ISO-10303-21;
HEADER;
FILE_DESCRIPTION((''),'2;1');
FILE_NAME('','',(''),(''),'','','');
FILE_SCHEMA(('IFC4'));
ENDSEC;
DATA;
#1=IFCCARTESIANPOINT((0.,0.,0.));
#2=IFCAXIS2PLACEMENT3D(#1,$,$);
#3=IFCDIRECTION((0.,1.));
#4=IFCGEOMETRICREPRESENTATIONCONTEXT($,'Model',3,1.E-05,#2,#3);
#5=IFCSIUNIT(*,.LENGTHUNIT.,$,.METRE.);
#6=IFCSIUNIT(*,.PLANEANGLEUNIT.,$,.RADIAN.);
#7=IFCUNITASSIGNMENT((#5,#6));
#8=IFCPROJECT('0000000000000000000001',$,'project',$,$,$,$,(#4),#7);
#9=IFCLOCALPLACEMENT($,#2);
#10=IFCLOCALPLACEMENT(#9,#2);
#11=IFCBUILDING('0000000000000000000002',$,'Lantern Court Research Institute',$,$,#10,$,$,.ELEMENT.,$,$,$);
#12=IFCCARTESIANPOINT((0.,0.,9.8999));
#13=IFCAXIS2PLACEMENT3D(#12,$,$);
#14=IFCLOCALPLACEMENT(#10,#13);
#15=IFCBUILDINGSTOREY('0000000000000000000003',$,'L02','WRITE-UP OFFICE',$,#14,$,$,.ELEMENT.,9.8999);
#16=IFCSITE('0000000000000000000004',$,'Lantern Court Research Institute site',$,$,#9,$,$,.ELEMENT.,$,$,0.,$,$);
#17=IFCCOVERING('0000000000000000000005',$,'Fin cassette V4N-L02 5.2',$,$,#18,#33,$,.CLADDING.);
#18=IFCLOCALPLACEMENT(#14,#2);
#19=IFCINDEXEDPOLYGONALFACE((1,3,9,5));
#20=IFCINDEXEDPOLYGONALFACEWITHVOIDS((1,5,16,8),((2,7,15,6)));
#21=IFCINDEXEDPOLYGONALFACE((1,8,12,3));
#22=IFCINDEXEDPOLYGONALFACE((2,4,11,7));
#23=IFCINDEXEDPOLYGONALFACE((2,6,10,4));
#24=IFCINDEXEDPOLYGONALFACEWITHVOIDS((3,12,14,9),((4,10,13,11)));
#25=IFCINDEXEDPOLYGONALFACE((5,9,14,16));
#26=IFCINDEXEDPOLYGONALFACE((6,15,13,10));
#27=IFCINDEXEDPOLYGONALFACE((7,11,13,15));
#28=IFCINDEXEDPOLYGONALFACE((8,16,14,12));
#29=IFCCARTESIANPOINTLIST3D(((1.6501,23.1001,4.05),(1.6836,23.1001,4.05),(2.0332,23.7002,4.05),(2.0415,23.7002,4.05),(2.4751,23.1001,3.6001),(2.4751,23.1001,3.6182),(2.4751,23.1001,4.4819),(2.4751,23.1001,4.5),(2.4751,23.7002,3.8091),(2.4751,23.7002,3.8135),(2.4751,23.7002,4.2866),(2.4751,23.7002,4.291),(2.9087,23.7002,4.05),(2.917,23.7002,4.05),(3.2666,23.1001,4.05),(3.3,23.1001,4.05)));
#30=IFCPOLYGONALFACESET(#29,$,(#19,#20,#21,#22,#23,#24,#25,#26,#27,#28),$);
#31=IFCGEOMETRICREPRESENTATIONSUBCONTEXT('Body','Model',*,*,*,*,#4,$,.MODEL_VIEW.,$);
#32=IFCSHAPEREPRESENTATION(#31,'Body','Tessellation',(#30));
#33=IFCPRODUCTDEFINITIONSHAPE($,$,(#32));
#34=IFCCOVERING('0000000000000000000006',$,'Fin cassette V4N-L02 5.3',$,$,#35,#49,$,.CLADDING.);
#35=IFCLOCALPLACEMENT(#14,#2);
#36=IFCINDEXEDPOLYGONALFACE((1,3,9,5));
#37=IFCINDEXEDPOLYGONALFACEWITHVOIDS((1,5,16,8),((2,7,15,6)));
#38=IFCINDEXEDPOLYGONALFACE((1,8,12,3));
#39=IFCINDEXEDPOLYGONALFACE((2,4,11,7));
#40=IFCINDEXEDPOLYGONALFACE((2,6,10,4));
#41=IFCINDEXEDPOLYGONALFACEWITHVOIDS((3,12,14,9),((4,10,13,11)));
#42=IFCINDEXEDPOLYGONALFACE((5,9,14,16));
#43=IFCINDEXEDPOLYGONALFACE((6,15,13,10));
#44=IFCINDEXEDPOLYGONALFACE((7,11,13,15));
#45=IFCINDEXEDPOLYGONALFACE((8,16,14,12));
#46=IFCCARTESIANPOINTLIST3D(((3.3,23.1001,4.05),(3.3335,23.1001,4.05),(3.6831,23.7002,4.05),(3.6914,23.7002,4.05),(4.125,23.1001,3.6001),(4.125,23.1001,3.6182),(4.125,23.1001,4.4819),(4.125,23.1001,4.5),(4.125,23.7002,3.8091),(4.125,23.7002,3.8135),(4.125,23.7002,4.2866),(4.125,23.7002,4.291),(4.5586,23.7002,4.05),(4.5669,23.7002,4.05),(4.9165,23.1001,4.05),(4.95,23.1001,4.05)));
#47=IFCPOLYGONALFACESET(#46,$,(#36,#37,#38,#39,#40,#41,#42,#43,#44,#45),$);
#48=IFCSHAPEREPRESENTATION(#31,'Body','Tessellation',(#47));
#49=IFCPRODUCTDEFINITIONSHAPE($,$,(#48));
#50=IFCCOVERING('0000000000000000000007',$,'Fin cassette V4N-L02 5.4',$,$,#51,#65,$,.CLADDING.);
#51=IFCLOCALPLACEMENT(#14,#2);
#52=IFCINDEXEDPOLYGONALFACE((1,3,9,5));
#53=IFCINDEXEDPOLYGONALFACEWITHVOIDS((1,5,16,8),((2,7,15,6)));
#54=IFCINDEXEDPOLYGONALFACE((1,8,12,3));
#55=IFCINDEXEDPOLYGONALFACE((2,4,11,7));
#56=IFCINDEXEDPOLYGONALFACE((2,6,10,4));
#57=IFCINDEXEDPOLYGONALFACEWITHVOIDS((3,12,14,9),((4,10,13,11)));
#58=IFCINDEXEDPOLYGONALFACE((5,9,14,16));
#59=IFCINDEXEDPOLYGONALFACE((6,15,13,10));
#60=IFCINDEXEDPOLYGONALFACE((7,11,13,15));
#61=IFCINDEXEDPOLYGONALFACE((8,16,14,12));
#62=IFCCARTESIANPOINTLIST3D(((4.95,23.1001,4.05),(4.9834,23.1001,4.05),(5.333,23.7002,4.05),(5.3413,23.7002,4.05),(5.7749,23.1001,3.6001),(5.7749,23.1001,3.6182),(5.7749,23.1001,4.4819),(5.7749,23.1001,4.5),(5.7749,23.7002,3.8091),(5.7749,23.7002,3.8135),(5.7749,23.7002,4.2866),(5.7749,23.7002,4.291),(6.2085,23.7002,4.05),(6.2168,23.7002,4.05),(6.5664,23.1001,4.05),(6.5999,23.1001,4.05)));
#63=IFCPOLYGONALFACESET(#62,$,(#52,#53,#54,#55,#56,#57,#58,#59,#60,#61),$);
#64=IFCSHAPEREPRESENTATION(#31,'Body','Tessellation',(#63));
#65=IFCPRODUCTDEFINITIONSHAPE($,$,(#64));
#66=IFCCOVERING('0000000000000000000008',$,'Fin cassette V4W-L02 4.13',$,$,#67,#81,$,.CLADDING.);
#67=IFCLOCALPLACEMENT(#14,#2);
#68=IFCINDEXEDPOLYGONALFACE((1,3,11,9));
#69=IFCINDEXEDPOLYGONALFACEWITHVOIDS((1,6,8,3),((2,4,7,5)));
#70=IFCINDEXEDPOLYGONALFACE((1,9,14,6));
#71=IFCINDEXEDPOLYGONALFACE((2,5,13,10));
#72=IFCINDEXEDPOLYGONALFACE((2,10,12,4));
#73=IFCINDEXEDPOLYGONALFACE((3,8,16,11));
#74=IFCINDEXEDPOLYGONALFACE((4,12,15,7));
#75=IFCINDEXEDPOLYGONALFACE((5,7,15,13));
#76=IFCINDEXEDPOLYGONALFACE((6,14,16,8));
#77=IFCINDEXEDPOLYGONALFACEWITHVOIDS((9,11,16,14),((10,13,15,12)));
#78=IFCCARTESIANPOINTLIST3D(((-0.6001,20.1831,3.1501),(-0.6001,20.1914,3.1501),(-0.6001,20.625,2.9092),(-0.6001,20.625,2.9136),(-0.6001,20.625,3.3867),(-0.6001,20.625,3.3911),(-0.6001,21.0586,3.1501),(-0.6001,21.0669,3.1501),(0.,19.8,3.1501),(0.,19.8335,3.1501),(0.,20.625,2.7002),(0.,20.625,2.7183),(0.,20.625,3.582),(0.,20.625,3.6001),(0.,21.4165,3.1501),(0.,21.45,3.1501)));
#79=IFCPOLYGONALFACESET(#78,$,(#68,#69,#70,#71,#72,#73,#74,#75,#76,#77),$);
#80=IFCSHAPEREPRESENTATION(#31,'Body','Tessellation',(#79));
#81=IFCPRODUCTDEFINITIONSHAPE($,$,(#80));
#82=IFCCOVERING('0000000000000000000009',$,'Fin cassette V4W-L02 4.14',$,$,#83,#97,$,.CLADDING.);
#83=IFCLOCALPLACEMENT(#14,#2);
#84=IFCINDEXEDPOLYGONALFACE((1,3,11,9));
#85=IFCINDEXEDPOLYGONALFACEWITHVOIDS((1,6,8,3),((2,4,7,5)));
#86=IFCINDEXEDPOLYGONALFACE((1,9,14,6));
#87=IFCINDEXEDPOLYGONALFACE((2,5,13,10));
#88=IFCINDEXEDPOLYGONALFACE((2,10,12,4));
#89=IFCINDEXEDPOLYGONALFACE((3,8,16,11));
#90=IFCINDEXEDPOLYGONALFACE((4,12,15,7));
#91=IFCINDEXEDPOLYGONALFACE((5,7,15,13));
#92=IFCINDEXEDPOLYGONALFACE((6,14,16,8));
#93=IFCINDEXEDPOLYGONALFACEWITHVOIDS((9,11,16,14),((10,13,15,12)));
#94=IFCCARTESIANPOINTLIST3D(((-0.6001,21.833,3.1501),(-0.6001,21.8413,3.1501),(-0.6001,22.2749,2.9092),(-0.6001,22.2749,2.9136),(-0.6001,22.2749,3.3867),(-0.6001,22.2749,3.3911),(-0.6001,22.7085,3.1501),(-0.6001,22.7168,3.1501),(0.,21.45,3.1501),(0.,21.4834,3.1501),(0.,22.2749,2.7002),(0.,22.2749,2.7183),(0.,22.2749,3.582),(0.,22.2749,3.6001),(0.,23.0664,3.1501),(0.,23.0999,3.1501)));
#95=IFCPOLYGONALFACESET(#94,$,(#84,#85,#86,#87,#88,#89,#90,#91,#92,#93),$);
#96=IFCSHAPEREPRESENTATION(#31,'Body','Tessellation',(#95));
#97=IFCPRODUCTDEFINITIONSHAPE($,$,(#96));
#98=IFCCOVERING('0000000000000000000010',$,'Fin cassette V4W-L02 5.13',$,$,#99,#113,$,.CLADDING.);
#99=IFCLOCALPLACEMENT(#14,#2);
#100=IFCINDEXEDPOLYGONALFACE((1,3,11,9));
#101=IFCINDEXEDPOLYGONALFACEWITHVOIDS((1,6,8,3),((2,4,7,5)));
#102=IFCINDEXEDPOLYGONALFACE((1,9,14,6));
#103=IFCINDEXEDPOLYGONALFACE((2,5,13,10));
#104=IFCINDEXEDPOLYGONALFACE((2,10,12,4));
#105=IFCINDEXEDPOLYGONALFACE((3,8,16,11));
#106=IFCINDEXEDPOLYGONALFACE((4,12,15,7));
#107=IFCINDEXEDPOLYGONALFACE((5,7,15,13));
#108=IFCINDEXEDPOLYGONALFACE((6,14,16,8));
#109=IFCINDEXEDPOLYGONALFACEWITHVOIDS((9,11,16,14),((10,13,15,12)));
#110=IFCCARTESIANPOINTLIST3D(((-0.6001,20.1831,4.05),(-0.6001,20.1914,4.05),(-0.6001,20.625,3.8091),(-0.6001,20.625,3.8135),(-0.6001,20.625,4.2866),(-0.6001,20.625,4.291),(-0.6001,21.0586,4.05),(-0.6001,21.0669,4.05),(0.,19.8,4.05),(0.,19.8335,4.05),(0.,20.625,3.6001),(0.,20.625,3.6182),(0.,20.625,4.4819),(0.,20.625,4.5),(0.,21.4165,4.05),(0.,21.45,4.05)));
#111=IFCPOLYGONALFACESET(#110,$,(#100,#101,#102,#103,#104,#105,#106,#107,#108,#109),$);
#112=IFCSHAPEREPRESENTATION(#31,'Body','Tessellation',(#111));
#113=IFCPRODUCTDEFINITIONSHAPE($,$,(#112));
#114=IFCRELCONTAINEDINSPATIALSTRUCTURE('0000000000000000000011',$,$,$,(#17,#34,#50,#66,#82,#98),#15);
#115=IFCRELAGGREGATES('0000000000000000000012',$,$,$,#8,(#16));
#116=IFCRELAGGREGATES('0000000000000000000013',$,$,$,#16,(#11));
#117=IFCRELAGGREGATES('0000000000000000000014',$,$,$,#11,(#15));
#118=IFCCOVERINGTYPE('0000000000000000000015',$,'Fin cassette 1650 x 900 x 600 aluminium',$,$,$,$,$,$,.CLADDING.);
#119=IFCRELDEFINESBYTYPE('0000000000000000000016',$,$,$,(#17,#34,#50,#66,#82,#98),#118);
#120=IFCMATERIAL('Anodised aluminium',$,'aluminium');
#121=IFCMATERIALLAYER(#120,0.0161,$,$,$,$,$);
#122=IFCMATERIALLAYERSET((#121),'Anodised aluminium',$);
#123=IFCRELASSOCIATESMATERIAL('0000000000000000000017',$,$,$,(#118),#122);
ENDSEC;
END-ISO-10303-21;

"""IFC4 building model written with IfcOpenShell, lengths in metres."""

from ifc_helpers import new_model, entity, si_unit, direction, frame, origin, place, context, subcontext, project, spatial, material, layer, layer_set, type_object, element, save


model = new_model("IFC4")

# Units and contexts
model_context = context("Model", 3, precision=1e-05, world=origin(), true_north=direction((0.0, 1.0)))
body_context = subcontext(model_context, "Body", "Model", "MODEL_VIEW")
ifc_project = project(units=[si_unit("LENGTHUNIT", "METRE"), si_unit("PLANEANGLEUNIT", "RADIAN")], contexts=[model_context])

# Site, building, storey
site_placement = place(None, origin())
site = spatial("IfcSite", under=ifc_project, at=site_placement, Name="Lantern Court Research Institute site", CompositionType="ELEMENT", RefElevation=0.0)
building_placement = place(site_placement, origin())
building = spatial("IfcBuilding", under=site, at=building_placement, Name="Lantern Court Research Institute", CompositionType="ELEMENT")
storey_placement = place(building_placement, frame((0.0, 0.0, 9.8999)))
storey = spatial("IfcBuildingStorey", under=building, at=storey_placement, Name="L02", Description="WRITE-UP OFFICE", CompositionType="ELEMENT", Elevation=9.8999)

# Coverings
ifc_material_1 = material(Name="Anodised aluminium", Category="aluminium")
ifc_layer_1 = layer(ifc_material_1, 0.0161)
ifc_layer_set_1 = layer_set([ifc_layer_1], Name="Anodised aluminium")
covering_type = type_object("IfcCoveringType", Name="Fin cassette 1650 x 900 x 600 aluminium", PredefinedType="CLADDING", material=ifc_layer_set_1)
covering_1_placement = place(storey_placement, frame((2.4751, 23.1001, 4.05), z_axis=(0.0, 1.0, 0.0), x_axis=(-1.0, 0.0, 0.0)))
cartesian_point_1 = entity("IfcCartesianPoint", [0.825, 0.0])
cartesian_point_2 = entity("IfcCartesianPoint", [0.7915, 0.0])
cartesian_point_3 = entity("IfcCartesianPoint", [0.4419, 0.0])
cartesian_point_4 = entity("IfcCartesianPoint", [0.4336, 0.0])
element("IfcCovering", 1, at=covering_1_placement, inside=storey, type_object=covering_type, Name="Fin cassette V4N-L02 5.2", PredefinedType="CLADDING", context=body_context, shape_type="SweptSolid", body=[
    entity("IfcExtrudedAreaSolidTapered", entity("IfcArbitraryProfileDefWithVoids", "AREA", None, entity("IfcPolyline", [cartesian_point_1, entity("IfcCartesianPoint", [0.0, 0.45]), entity("IfcCartesianPoint", [-0.825, 0.0]), entity("IfcCartesianPoint", [0.0, -0.45]), cartesian_point_1]), [entity("IfcPolyline", [cartesian_point_2, entity("IfcCartesianPoint", [0.0, 0.4319]), entity("IfcCartesianPoint", [-0.7915, 0.0]), entity("IfcCartesianPoint", [0.0, -0.4319]), cartesian_point_2])]), entity("IfcAxis2Placement3D", entity("IfcCartesianPoint", [0.0, 0.0, 0.0])), entity("IfcDirection", [0.0, 0.0, 1.0]), 0.6001, entity("IfcArbitraryProfileDefWithVoids", "AREA", None, entity("IfcPolyline", [cartesian_point_3, entity("IfcCartesianPoint", [0.0, 0.241]), entity("IfcCartesianPoint", [-0.4419, 0.0]), entity("IfcCartesianPoint", [0.0, -0.241]), cartesian_point_3]), [entity("IfcPolyline", [cartesian_point_4, entity("IfcCartesianPoint", [0.0, 0.2366]), entity("IfcCartesianPoint", [-0.4336, 0.0]), entity("IfcCartesianPoint", [0.0, -0.2366]), cartesian_point_4])])),
])
covering_2_placement = place(storey_placement, frame((4.125, 23.1001, 4.05), z_axis=(0.0, 1.0, 0.0), x_axis=(-1.0, 0.0, 0.0)))
cartesian_point_5 = entity("IfcCartesianPoint", [0.825, 0.0])
cartesian_point_6 = entity("IfcCartesianPoint", [0.7915, 0.0])
cartesian_point_7 = entity("IfcCartesianPoint", [0.4419, 0.0])
cartesian_point_8 = entity("IfcCartesianPoint", [0.4336, 0.0])
element("IfcCovering", 2, at=covering_2_placement, inside=storey, type_object=covering_type, Name="Fin cassette V4N-L02 5.3", PredefinedType="CLADDING", context=body_context, shape_type="SweptSolid", body=[
    entity("IfcExtrudedAreaSolidTapered", entity("IfcArbitraryProfileDefWithVoids", "AREA", None, entity("IfcPolyline", [cartesian_point_5, entity("IfcCartesianPoint", [0.0, 0.45]), entity("IfcCartesianPoint", [-0.825, 0.0]), entity("IfcCartesianPoint", [0.0, -0.45]), cartesian_point_5]), [entity("IfcPolyline", [cartesian_point_6, entity("IfcCartesianPoint", [0.0, 0.4319]), entity("IfcCartesianPoint", [-0.7915, 0.0]), entity("IfcCartesianPoint", [0.0, -0.4319]), cartesian_point_6])]), entity("IfcAxis2Placement3D", entity("IfcCartesianPoint", [0.0, 0.0, 0.0])), entity("IfcDirection", [0.0, 0.0, 1.0]), 0.6001, entity("IfcArbitraryProfileDefWithVoids", "AREA", None, entity("IfcPolyline", [cartesian_point_7, entity("IfcCartesianPoint", [0.0, 0.241]), entity("IfcCartesianPoint", [-0.4419, 0.0]), entity("IfcCartesianPoint", [0.0, -0.241]), cartesian_point_7]), [entity("IfcPolyline", [cartesian_point_8, entity("IfcCartesianPoint", [0.0, 0.2366]), entity("IfcCartesianPoint", [-0.4336, 0.0]), entity("IfcCartesianPoint", [0.0, -0.2366]), cartesian_point_8])])),
])
covering_3_placement = place(storey_placement, frame((5.7749, 23.1001, 4.05), z_axis=(0.0, 1.0, 0.0), x_axis=(-1.0, 0.0, 0.0)))
cartesian_point_9 = entity("IfcCartesianPoint", [0.825, 0.0])
cartesian_point_10 = entity("IfcCartesianPoint", [0.7915, 0.0])
cartesian_point_11 = entity("IfcCartesianPoint", [0.4419, 0.0])
cartesian_point_12 = entity("IfcCartesianPoint", [0.4336, 0.0])
element("IfcCovering", 3, at=covering_3_placement, inside=storey, type_object=covering_type, Name="Fin cassette V4N-L02 5.4", PredefinedType="CLADDING", context=body_context, shape_type="SweptSolid", body=[
    entity("IfcExtrudedAreaSolidTapered", entity("IfcArbitraryProfileDefWithVoids", "AREA", None, entity("IfcPolyline", [cartesian_point_9, entity("IfcCartesianPoint", [0.0, 0.45]), entity("IfcCartesianPoint", [-0.825, 0.0]), entity("IfcCartesianPoint", [0.0, -0.45]), cartesian_point_9]), [entity("IfcPolyline", [cartesian_point_10, entity("IfcCartesianPoint", [0.0, 0.4319]), entity("IfcCartesianPoint", [-0.7915, 0.0]), entity("IfcCartesianPoint", [0.0, -0.4319]), cartesian_point_10])]), entity("IfcAxis2Placement3D", entity("IfcCartesianPoint", [0.0, 0.0, 0.0])), entity("IfcDirection", [0.0, 0.0, 1.0]), 0.6001, entity("IfcArbitraryProfileDefWithVoids", "AREA", None, entity("IfcPolyline", [cartesian_point_11, entity("IfcCartesianPoint", [0.0, 0.241]), entity("IfcCartesianPoint", [-0.4419, 0.0]), entity("IfcCartesianPoint", [0.0, -0.241]), cartesian_point_11]), [entity("IfcPolyline", [cartesian_point_12, entity("IfcCartesianPoint", [0.0, 0.2366]), entity("IfcCartesianPoint", [-0.4336, 0.0]), entity("IfcCartesianPoint", [0.0, -0.2366]), cartesian_point_12])])),
])
covering_4_placement = place(storey_placement, frame((0.0, 20.625, 3.1501), z_axis=(-1.0, 0.0, 0.0), x_axis=(0.0, -1.0, 0.0)))
cartesian_point_13 = entity("IfcCartesianPoint", [0.825, 0.0])
cartesian_point_14 = entity("IfcCartesianPoint", [0.7915, 0.0])
cartesian_point_15 = entity("IfcCartesianPoint", [0.4419, 0.0])
cartesian_point_16 = entity("IfcCartesianPoint", [0.4336, 0.0])
element("IfcCovering", 4, at=covering_4_placement, inside=storey, type_object=covering_type, Name="Fin cassette V4W-L02 4.13", PredefinedType="CLADDING", context=body_context, shape_type="SweptSolid", body=[
    entity("IfcExtrudedAreaSolidTapered", entity("IfcArbitraryProfileDefWithVoids", "AREA", None, entity("IfcPolyline", [cartesian_point_13, entity("IfcCartesianPoint", [0.0, 0.45]), entity("IfcCartesianPoint", [-0.825, 0.0]), entity("IfcCartesianPoint", [0.0, -0.45]), cartesian_point_13]), [entity("IfcPolyline", [cartesian_point_14, entity("IfcCartesianPoint", [0.0, 0.4319]), entity("IfcCartesianPoint", [-0.7915, 0.0]), entity("IfcCartesianPoint", [0.0, -0.4319]), cartesian_point_14])]), entity("IfcAxis2Placement3D", entity("IfcCartesianPoint", [0.0, 0.0, 0.0])), entity("IfcDirection", [0.0, 0.0, 1.0]), 0.6001, entity("IfcArbitraryProfileDefWithVoids", "AREA", None, entity("IfcPolyline", [cartesian_point_15, entity("IfcCartesianPoint", [0.0, 0.241]), entity("IfcCartesianPoint", [-0.4419, 0.0]), entity("IfcCartesianPoint", [0.0, -0.241]), cartesian_point_15]), [entity("IfcPolyline", [cartesian_point_16, entity("IfcCartesianPoint", [0.0, 0.2366]), entity("IfcCartesianPoint", [-0.4336, 0.0]), entity("IfcCartesianPoint", [0.0, -0.2366]), cartesian_point_16])])),
])
covering_5_placement = place(storey_placement, frame((0.0, 22.2749, 3.1501), z_axis=(-1.0, 0.0, 0.0), x_axis=(0.0, -1.0, 0.0)))
cartesian_point_17 = entity("IfcCartesianPoint", [0.825, 0.0])
cartesian_point_18 = entity("IfcCartesianPoint", [0.7915, 0.0])
cartesian_point_19 = entity("IfcCartesianPoint", [0.4419, 0.0])
cartesian_point_20 = entity("IfcCartesianPoint", [0.4336, 0.0])
element("IfcCovering", 5, at=covering_5_placement, inside=storey, type_object=covering_type, Name="Fin cassette V4W-L02 4.14", PredefinedType="CLADDING", context=body_context, shape_type="SweptSolid", body=[
    entity("IfcExtrudedAreaSolidTapered", entity("IfcArbitraryProfileDefWithVoids", "AREA", None, entity("IfcPolyline", [cartesian_point_17, entity("IfcCartesianPoint", [0.0, 0.45]), entity("IfcCartesianPoint", [-0.825, 0.0]), entity("IfcCartesianPoint", [0.0, -0.45]), cartesian_point_17]), [entity("IfcPolyline", [cartesian_point_18, entity("IfcCartesianPoint", [0.0, 0.4319]), entity("IfcCartesianPoint", [-0.7915, 0.0]), entity("IfcCartesianPoint", [0.0, -0.4319]), cartesian_point_18])]), entity("IfcAxis2Placement3D", entity("IfcCartesianPoint", [0.0, 0.0, 0.0])), entity("IfcDirection", [0.0, 0.0, 1.0]), 0.6001, entity("IfcArbitraryProfileDefWithVoids", "AREA", None, entity("IfcPolyline", [cartesian_point_19, entity("IfcCartesianPoint", [0.0, 0.241]), entity("IfcCartesianPoint", [-0.4419, 0.0]), entity("IfcCartesianPoint", [0.0, -0.241]), cartesian_point_19]), [entity("IfcPolyline", [cartesian_point_20, entity("IfcCartesianPoint", [0.0, 0.2366]), entity("IfcCartesianPoint", [-0.4336, 0.0]), entity("IfcCartesianPoint", [0.0, -0.2366]), cartesian_point_20])])),
])
covering_6_placement = place(storey_placement, frame((0.0, 20.625, 4.05), z_axis=(-1.0, 0.0, 0.0), x_axis=(0.0, -1.0, 0.0)))
cartesian_point_21 = entity("IfcCartesianPoint", [0.825, 0.0])
cartesian_point_22 = entity("IfcCartesianPoint", [0.7915, 0.0])
cartesian_point_23 = entity("IfcCartesianPoint", [0.4419, 0.0])
cartesian_point_24 = entity("IfcCartesianPoint", [0.4336, 0.0])
element("IfcCovering", 6, at=covering_6_placement, inside=storey, type_object=covering_type, Name="Fin cassette V4W-L02 5.13", PredefinedType="CLADDING", context=body_context, shape_type="SweptSolid", body=[
    entity("IfcExtrudedAreaSolidTapered", entity("IfcArbitraryProfileDefWithVoids", "AREA", None, entity("IfcPolyline", [cartesian_point_21, entity("IfcCartesianPoint", [0.0, 0.45]), entity("IfcCartesianPoint", [-0.825, 0.0]), entity("IfcCartesianPoint", [0.0, -0.45]), cartesian_point_21]), [entity("IfcPolyline", [cartesian_point_22, entity("IfcCartesianPoint", [0.0, 0.4319]), entity("IfcCartesianPoint", [-0.7915, 0.0]), entity("IfcCartesianPoint", [0.0, -0.4319]), cartesian_point_22])]), entity("IfcAxis2Placement3D", entity("IfcCartesianPoint", [0.0, 0.0, 0.0])), entity("IfcDirection", [0.0, 0.0, 1.0]), 0.6001, entity("IfcArbitraryProfileDefWithVoids", "AREA", None, entity("IfcPolyline", [cartesian_point_23, entity("IfcCartesianPoint", [0.0, 0.241]), entity("IfcCartesianPoint", [-0.4419, 0.0]), entity("IfcCartesianPoint", [0.0, -0.241]), cartesian_point_23]), [entity("IfcPolyline", [cartesian_point_24, entity("IfcCartesianPoint", [0.0, 0.2366]), entity("IfcCartesianPoint", [-0.4336, 0.0]), entity("IfcCartesianPoint", [0.0, -0.2366]), cartesian_point_24])])),
])

save(model, "model.ifc")
